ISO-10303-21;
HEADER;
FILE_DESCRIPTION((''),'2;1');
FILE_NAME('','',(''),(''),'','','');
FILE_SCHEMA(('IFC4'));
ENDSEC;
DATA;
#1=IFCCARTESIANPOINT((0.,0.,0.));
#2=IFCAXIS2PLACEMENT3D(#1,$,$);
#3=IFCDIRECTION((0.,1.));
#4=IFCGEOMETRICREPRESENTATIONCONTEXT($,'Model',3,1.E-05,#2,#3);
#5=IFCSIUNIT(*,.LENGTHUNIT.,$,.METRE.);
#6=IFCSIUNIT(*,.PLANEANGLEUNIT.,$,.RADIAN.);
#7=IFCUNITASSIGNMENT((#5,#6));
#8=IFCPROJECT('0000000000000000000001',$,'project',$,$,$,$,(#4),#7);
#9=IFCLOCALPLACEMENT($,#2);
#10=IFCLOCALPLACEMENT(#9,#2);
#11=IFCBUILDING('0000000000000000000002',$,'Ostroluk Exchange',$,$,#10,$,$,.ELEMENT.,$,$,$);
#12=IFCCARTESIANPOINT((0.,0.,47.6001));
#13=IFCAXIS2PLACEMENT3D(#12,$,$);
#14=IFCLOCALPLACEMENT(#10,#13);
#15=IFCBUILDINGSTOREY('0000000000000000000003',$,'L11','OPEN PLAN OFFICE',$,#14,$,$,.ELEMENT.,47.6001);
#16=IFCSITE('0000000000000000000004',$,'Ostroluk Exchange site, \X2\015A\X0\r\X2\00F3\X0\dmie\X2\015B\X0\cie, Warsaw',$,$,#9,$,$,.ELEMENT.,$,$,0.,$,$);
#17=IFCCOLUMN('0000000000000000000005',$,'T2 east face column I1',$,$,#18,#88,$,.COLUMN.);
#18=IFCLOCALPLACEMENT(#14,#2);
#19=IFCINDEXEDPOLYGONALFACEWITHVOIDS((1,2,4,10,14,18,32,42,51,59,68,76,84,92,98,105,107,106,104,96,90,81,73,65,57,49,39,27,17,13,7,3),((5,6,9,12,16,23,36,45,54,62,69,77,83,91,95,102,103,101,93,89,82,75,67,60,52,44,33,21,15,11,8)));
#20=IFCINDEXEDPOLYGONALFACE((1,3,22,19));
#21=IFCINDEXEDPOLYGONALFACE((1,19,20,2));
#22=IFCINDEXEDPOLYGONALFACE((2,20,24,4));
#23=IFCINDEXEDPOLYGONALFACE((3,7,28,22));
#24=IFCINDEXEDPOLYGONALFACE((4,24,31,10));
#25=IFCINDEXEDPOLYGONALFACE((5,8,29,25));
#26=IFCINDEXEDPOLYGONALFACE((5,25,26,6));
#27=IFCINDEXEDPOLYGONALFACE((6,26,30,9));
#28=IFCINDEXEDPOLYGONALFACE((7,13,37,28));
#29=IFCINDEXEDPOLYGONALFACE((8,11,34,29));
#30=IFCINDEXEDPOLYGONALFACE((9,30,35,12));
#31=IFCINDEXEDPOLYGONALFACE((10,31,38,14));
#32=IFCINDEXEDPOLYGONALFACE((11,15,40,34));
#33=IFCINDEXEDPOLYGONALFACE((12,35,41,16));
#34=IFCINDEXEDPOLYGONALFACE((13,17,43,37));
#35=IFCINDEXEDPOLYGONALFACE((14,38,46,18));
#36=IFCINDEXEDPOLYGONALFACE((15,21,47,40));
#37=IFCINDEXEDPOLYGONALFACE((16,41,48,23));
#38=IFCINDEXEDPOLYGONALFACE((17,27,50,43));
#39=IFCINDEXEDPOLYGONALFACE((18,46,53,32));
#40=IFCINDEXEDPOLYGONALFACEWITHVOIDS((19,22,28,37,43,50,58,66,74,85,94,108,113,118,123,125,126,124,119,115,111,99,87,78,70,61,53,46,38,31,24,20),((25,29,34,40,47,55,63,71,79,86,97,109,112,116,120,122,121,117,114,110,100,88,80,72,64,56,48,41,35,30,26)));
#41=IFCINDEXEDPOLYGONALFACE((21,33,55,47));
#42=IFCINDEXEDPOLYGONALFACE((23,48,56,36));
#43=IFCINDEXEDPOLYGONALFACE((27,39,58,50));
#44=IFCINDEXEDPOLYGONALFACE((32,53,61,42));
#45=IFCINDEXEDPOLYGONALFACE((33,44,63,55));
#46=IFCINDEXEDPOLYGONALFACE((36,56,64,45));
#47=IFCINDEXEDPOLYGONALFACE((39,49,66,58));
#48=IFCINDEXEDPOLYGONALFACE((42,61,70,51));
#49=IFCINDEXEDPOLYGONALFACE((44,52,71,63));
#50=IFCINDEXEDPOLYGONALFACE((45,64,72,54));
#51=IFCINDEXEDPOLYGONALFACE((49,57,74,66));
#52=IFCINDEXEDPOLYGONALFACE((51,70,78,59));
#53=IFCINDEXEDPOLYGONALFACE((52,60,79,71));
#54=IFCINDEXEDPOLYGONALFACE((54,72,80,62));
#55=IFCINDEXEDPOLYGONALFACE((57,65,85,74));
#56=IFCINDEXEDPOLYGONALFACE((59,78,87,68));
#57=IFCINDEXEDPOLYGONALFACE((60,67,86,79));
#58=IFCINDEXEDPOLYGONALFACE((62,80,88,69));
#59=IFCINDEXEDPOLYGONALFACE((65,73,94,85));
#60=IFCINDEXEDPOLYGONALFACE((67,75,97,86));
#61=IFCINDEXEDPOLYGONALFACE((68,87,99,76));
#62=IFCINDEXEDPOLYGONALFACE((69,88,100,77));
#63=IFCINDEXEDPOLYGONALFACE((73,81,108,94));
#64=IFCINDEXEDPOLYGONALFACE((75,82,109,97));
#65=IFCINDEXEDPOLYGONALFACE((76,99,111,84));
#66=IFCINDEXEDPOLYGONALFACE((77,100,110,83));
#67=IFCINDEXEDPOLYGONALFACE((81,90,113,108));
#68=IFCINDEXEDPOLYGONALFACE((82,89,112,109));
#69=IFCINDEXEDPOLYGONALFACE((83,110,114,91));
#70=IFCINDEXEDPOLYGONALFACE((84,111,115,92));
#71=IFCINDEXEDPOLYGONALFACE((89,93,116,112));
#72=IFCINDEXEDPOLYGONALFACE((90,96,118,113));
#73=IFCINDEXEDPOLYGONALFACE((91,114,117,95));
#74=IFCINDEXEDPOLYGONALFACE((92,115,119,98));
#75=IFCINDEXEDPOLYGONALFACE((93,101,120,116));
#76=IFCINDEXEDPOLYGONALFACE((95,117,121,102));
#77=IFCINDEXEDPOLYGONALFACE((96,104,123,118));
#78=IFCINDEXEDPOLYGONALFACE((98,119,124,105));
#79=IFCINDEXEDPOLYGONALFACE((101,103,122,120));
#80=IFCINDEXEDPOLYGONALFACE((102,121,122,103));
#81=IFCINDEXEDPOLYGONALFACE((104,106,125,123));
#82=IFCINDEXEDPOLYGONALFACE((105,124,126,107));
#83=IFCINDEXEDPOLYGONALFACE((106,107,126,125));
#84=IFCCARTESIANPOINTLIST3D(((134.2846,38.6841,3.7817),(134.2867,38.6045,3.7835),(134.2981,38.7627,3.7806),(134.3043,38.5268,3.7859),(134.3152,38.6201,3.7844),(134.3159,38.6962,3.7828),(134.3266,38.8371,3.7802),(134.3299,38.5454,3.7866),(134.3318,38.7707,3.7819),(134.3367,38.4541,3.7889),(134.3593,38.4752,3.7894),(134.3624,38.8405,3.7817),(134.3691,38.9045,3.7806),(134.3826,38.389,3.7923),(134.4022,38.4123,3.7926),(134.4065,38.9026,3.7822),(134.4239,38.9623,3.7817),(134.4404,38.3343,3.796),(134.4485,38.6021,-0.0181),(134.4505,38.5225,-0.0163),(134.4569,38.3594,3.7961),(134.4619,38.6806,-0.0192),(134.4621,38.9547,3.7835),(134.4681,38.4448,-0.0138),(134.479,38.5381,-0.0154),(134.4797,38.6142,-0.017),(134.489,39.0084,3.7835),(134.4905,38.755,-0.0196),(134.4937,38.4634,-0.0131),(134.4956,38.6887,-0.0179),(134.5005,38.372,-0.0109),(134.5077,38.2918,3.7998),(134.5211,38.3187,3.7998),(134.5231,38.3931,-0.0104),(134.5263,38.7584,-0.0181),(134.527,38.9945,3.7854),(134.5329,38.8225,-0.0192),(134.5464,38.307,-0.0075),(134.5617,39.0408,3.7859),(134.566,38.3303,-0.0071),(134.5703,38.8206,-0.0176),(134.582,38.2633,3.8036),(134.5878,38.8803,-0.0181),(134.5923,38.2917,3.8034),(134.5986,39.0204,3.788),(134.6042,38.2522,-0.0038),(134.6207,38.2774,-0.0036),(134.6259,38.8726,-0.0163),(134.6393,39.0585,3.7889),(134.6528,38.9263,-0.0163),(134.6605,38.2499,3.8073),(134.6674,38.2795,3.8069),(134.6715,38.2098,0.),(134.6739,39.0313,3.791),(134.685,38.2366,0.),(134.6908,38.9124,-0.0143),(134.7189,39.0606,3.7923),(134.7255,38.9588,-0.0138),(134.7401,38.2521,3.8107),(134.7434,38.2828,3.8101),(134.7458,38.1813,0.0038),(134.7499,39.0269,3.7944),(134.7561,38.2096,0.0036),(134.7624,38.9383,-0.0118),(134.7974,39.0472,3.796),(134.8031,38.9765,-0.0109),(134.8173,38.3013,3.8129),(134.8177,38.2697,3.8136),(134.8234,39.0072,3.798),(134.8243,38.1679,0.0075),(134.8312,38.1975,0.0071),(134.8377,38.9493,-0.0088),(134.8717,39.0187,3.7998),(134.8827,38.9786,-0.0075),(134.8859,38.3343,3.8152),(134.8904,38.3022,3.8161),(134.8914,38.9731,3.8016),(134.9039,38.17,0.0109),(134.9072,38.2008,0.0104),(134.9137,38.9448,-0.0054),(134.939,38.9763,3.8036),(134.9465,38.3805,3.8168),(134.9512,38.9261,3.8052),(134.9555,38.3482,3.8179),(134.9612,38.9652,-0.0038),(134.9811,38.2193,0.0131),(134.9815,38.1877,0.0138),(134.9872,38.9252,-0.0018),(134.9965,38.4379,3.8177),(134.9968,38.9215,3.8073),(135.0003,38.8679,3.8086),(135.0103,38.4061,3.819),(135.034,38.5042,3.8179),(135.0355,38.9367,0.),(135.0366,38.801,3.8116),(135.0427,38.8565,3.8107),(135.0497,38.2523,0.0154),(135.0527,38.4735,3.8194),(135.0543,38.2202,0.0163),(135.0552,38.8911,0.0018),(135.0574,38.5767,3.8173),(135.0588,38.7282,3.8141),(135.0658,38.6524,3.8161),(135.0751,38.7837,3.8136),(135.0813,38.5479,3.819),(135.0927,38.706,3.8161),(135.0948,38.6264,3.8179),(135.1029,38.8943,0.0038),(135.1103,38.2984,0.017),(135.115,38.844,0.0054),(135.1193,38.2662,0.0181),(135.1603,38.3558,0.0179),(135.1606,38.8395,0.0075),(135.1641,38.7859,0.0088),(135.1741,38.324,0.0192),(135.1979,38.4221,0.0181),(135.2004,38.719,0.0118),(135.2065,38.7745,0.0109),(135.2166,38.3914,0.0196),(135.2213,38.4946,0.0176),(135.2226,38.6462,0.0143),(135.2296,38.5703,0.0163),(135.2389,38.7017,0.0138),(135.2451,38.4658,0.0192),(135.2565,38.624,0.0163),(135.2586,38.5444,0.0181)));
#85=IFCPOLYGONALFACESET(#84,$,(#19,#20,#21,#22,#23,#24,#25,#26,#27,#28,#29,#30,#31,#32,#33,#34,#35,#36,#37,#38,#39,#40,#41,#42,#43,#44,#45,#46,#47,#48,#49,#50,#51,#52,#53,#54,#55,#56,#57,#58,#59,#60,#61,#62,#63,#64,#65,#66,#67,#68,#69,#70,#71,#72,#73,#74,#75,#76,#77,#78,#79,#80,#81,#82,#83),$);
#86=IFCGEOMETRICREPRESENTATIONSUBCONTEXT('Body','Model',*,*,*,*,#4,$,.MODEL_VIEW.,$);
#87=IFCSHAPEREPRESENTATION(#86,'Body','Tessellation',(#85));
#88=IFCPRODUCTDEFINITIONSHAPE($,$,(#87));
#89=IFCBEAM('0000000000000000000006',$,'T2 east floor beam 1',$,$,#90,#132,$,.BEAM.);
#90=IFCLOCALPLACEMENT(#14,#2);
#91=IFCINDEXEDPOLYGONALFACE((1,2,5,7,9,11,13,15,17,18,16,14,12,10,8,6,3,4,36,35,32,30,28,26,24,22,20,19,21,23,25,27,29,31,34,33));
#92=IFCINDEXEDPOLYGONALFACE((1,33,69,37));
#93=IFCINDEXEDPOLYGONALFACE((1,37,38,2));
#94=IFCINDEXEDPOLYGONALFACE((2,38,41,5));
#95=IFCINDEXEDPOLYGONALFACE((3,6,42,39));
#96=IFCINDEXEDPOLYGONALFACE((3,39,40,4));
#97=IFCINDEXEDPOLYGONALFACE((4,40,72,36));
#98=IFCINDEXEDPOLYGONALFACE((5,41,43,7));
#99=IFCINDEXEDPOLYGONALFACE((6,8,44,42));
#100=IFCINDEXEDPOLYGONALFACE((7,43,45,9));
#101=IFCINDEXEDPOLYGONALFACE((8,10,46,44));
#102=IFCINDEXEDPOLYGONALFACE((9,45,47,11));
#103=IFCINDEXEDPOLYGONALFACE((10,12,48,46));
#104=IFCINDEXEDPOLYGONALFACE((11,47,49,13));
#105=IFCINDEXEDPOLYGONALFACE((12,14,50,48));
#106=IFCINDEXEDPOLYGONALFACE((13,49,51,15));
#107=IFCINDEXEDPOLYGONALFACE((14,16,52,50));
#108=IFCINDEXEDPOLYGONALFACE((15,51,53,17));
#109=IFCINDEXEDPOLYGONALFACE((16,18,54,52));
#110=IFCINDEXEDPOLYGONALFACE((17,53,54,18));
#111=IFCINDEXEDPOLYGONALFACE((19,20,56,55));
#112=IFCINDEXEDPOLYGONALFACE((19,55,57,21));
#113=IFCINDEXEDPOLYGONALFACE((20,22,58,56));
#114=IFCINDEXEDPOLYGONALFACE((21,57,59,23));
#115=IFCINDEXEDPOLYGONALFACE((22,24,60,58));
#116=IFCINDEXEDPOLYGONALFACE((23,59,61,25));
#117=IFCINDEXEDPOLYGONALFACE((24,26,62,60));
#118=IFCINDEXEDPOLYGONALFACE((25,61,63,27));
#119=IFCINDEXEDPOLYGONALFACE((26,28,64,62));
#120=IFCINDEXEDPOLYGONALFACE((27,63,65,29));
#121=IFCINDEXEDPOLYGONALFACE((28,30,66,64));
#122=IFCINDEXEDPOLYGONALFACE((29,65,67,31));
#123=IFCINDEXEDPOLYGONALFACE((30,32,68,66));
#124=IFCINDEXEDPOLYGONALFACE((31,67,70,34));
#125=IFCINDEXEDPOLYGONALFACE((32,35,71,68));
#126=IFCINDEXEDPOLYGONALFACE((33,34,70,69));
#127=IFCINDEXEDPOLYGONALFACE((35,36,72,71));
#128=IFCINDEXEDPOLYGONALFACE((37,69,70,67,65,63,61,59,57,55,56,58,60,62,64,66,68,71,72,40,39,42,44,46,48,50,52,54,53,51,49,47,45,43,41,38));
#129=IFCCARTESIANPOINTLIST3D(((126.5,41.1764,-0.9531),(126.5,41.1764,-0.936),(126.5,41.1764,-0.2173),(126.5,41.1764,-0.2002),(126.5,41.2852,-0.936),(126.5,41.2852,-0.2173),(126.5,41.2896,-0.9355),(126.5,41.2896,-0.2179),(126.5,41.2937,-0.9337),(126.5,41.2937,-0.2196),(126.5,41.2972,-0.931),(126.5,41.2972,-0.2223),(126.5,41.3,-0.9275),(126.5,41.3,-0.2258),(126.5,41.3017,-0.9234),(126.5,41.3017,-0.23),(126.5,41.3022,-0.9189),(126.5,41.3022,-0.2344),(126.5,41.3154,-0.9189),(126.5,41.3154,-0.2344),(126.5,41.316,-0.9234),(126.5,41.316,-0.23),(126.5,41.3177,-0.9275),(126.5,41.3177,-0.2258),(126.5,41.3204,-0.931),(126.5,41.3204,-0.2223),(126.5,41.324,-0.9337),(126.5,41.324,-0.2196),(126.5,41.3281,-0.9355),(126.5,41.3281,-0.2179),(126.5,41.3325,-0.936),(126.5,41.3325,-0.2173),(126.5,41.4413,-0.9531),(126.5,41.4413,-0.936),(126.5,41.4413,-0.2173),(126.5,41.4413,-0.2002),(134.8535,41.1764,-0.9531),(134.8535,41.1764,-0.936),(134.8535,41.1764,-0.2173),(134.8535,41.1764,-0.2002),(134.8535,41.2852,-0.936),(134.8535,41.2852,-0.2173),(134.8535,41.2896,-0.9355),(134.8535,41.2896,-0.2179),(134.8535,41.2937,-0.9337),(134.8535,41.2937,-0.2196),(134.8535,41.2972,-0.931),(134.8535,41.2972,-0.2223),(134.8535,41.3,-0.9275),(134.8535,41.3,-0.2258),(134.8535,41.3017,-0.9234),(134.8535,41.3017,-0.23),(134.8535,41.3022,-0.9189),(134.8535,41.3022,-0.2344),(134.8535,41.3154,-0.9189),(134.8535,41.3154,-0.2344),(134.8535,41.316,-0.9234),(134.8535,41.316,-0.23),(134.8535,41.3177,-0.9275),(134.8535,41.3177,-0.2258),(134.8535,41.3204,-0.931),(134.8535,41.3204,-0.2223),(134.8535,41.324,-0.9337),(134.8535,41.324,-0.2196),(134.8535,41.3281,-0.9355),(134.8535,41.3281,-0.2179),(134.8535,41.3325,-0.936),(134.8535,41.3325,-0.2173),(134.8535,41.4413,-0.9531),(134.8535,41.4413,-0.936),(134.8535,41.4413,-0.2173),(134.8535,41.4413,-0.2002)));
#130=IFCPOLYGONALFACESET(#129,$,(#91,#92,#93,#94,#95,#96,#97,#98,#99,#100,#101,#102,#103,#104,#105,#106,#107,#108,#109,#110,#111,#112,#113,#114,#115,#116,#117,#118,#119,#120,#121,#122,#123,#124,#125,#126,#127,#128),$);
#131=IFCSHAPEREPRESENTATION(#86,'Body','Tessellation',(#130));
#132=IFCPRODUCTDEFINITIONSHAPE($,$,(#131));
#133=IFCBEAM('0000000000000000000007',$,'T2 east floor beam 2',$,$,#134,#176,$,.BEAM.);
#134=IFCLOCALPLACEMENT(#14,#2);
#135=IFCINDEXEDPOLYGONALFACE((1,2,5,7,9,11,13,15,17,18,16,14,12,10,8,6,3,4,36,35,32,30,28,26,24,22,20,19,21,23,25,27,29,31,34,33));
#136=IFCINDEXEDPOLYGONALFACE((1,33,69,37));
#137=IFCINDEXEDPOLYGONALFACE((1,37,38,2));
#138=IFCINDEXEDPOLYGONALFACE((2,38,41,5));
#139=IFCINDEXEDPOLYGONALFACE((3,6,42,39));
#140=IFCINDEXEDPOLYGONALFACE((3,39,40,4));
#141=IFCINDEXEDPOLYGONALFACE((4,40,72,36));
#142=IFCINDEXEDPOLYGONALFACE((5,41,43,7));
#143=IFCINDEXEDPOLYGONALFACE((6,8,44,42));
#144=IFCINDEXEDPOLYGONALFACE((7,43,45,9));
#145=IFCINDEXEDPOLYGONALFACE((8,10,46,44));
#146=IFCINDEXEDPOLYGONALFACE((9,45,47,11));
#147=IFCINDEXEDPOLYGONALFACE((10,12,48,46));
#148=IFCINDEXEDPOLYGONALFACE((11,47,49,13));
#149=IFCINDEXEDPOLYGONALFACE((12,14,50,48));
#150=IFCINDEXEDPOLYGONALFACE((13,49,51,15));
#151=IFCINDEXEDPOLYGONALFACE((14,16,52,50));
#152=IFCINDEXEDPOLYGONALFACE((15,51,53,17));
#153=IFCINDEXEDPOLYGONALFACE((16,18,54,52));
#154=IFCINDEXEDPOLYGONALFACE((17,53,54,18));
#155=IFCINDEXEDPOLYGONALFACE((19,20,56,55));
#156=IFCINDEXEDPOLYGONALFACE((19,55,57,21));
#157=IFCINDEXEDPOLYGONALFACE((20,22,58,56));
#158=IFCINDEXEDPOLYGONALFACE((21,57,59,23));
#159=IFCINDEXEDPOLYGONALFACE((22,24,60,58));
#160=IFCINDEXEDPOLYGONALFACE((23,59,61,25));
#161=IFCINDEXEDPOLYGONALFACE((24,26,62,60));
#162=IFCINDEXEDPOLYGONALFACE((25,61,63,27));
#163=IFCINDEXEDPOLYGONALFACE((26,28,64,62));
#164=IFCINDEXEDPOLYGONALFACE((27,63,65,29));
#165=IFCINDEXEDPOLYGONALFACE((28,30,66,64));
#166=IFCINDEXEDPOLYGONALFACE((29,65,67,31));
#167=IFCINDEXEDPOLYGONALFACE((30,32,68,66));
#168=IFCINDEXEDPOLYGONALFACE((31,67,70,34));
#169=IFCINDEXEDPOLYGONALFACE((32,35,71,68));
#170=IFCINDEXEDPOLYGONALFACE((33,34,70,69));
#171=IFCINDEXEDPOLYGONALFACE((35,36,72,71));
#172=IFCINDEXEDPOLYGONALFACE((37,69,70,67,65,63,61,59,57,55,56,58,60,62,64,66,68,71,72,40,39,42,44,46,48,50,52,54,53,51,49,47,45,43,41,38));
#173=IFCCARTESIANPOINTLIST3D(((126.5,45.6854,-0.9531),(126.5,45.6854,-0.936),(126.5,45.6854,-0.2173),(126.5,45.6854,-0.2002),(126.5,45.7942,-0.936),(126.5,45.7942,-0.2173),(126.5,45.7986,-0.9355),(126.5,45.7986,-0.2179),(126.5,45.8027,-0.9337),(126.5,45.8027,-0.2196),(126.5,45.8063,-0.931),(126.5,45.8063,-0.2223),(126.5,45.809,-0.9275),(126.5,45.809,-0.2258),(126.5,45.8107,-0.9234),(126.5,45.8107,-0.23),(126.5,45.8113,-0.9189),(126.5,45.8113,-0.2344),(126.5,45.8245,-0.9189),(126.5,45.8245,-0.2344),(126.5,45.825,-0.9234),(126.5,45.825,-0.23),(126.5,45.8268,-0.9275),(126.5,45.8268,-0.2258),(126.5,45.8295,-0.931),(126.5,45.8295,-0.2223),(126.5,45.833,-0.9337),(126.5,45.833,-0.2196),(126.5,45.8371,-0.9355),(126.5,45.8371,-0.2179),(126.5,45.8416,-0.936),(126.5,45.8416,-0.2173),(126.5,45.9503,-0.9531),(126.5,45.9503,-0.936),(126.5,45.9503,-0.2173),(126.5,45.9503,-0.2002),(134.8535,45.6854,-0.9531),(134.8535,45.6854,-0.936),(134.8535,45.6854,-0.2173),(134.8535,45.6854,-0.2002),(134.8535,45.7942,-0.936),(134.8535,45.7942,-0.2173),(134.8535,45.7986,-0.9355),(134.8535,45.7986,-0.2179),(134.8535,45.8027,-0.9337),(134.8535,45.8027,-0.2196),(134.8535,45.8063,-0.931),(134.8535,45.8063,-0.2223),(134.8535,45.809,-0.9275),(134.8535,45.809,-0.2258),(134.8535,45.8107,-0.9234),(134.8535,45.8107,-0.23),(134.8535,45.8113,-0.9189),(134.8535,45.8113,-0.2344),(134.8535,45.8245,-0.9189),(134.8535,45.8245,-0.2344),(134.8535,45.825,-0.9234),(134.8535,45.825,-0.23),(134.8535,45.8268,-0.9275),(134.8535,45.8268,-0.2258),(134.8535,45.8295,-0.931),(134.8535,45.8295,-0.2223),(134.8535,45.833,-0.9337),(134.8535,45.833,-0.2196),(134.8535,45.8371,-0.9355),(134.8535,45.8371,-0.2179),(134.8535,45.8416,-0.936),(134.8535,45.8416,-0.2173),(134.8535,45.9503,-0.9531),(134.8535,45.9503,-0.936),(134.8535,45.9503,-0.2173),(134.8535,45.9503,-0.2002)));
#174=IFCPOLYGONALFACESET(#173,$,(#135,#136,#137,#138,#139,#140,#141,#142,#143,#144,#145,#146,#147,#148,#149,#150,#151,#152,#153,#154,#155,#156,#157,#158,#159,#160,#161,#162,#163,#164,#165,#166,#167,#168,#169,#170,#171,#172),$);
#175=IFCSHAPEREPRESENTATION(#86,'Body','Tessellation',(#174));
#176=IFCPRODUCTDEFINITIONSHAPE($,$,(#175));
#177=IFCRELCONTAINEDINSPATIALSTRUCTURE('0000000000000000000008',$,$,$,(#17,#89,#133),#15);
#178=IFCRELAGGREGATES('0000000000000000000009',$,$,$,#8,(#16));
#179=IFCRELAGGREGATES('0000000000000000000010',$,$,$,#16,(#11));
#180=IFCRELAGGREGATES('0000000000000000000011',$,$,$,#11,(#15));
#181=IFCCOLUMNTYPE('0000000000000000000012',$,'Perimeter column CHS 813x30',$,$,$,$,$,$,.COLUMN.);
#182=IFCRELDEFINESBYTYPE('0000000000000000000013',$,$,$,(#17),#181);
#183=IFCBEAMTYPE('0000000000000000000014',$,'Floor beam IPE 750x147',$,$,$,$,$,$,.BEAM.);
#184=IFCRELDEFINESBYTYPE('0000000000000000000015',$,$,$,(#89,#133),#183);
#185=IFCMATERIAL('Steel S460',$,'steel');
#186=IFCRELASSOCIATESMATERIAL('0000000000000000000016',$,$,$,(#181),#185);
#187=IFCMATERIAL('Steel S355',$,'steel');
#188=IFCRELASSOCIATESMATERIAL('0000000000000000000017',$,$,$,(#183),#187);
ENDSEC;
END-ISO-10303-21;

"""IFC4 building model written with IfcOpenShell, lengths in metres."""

from ifc_helpers import new_model, si_unit, direction, frame, origin, origin_2d, place, context, subcontext, project, spatial, hollow_circle, i_section, extrude, material, material_profile, profile_set, type_object, element, save


model = new_model("IFC4")

# Units and contexts
model_context = context("Model", 3, precision=1e-05, world=origin(), true_north=direction((0.0, 1.0)))
body_context = subcontext(model_context, "Body", "Model", "MODEL_VIEW")
ifc_project = project(units=[si_unit("LENGTHUNIT", "METRE"), si_unit("PLANEANGLEUNIT", "RADIAN")], contexts=[model_context])

# Site, building, storey
site_placement = place(None, origin())
site = spatial("IfcSite", under=ifc_project, at=site_placement, Name="Ostroluk Exchange site, Śródmieście, Warsaw", CompositionType="ELEMENT", RefElevation=0.0)
building_placement = place(site_placement, origin())
building = spatial("IfcBuilding", under=site, at=building_placement, Name="Ostroluk Exchange", CompositionType="ELEMENT")
storey_placement = place(building_placement, frame((0.0, 0.0, 47.6001)))
storey = spatial("IfcBuildingStorey", under=building, at=storey_placement, Name="L11", Description="OPEN PLAN OFFICE", CompositionType="ELEMENT", Elevation=47.6001)

# Column
ifc_material_1 = material(Name="Steel S460", Category="steel")
ifc_material_profile_1 = material_profile(ifc_material_1, hollow_circle(Radius=0.4065, WallThickness=0.03, at=origin_2d()), Name="CHS 813x30")
ifc_profile_set_1 = profile_set([ifc_material_profile_1], Name="Steel S460")
column_type = type_object("IfcColumnType", Name="Perimeter column CHS 813x30", PredefinedType="COLUMN", material=ifc_profile_set_1)
column_placement = place(storey_placement, frame((134.8535, 38.5732, 0.0), z_axis=(-0.043062, 0.021563, 0.99884), x_axis=(-0.447747, -0.894161, 0.0)))
element("IfcColumn", 1, at=column_placement, inside=storey, type_object=column_type, Name="T2 east face column I1", PredefinedType="COLUMN", context=body_context, shape_type="SweptSolid", body=[
    extrude(hollow_circle(Radius=0.4065, WallThickness=0.03, at=origin_2d()), origin(), (0.0, 0.0, 1.0), 3.8042),
])

# Beams
ifc_material_2 = material(Name="Steel S355", Category="steel")
ifc_material_profile_2 = material_profile(ifc_material_2, i_section(OverallWidth=0.2649, OverallDepth=0.7529, WebThickness=0.0132, FlangeThickness=0.0171, FilletRadius=0.0171, at=origin_2d()), Name="IPE 750x147")
ifc_profile_set_2 = profile_set([ifc_material_profile_2], Name="Steel S355")
beam_type_1 = type_object("IfcBeamType", Name="Floor beam IPE 750x147", PredefinedType="BEAM", material=ifc_profile_set_2)
for number, where, z_axis, x_axis, name in (
    (2, (126.5, 41.3088, -0.5767), (1.0, 0.0, 0.0), (0.0, 1.0, 0.0), "T2 east floor beam 1"),
    (3, (126.5, 45.8179, -0.5767), (1.0, 0.0, 0.0), (0.0, 1.0, 0.0), "T2 east floor beam 2"),
):
    element("IfcBeam", number, at=place(storey_placement, frame(where, z_axis=z_axis, x_axis=x_axis)), inside=storey, type_object=beam_type_1, Name=name, PredefinedType="BEAM", context=body_context, shape_type="SweptSolid", body=[
        extrude(i_section(OverallWidth=0.2649, OverallDepth=0.7529, WebThickness=0.0132, FlangeThickness=0.0171, FilletRadius=0.0171, at=origin_2d()), origin(), (0.0, 0.0, 1.0), 8.3535),
    ])

save(model, "model.ifc")
